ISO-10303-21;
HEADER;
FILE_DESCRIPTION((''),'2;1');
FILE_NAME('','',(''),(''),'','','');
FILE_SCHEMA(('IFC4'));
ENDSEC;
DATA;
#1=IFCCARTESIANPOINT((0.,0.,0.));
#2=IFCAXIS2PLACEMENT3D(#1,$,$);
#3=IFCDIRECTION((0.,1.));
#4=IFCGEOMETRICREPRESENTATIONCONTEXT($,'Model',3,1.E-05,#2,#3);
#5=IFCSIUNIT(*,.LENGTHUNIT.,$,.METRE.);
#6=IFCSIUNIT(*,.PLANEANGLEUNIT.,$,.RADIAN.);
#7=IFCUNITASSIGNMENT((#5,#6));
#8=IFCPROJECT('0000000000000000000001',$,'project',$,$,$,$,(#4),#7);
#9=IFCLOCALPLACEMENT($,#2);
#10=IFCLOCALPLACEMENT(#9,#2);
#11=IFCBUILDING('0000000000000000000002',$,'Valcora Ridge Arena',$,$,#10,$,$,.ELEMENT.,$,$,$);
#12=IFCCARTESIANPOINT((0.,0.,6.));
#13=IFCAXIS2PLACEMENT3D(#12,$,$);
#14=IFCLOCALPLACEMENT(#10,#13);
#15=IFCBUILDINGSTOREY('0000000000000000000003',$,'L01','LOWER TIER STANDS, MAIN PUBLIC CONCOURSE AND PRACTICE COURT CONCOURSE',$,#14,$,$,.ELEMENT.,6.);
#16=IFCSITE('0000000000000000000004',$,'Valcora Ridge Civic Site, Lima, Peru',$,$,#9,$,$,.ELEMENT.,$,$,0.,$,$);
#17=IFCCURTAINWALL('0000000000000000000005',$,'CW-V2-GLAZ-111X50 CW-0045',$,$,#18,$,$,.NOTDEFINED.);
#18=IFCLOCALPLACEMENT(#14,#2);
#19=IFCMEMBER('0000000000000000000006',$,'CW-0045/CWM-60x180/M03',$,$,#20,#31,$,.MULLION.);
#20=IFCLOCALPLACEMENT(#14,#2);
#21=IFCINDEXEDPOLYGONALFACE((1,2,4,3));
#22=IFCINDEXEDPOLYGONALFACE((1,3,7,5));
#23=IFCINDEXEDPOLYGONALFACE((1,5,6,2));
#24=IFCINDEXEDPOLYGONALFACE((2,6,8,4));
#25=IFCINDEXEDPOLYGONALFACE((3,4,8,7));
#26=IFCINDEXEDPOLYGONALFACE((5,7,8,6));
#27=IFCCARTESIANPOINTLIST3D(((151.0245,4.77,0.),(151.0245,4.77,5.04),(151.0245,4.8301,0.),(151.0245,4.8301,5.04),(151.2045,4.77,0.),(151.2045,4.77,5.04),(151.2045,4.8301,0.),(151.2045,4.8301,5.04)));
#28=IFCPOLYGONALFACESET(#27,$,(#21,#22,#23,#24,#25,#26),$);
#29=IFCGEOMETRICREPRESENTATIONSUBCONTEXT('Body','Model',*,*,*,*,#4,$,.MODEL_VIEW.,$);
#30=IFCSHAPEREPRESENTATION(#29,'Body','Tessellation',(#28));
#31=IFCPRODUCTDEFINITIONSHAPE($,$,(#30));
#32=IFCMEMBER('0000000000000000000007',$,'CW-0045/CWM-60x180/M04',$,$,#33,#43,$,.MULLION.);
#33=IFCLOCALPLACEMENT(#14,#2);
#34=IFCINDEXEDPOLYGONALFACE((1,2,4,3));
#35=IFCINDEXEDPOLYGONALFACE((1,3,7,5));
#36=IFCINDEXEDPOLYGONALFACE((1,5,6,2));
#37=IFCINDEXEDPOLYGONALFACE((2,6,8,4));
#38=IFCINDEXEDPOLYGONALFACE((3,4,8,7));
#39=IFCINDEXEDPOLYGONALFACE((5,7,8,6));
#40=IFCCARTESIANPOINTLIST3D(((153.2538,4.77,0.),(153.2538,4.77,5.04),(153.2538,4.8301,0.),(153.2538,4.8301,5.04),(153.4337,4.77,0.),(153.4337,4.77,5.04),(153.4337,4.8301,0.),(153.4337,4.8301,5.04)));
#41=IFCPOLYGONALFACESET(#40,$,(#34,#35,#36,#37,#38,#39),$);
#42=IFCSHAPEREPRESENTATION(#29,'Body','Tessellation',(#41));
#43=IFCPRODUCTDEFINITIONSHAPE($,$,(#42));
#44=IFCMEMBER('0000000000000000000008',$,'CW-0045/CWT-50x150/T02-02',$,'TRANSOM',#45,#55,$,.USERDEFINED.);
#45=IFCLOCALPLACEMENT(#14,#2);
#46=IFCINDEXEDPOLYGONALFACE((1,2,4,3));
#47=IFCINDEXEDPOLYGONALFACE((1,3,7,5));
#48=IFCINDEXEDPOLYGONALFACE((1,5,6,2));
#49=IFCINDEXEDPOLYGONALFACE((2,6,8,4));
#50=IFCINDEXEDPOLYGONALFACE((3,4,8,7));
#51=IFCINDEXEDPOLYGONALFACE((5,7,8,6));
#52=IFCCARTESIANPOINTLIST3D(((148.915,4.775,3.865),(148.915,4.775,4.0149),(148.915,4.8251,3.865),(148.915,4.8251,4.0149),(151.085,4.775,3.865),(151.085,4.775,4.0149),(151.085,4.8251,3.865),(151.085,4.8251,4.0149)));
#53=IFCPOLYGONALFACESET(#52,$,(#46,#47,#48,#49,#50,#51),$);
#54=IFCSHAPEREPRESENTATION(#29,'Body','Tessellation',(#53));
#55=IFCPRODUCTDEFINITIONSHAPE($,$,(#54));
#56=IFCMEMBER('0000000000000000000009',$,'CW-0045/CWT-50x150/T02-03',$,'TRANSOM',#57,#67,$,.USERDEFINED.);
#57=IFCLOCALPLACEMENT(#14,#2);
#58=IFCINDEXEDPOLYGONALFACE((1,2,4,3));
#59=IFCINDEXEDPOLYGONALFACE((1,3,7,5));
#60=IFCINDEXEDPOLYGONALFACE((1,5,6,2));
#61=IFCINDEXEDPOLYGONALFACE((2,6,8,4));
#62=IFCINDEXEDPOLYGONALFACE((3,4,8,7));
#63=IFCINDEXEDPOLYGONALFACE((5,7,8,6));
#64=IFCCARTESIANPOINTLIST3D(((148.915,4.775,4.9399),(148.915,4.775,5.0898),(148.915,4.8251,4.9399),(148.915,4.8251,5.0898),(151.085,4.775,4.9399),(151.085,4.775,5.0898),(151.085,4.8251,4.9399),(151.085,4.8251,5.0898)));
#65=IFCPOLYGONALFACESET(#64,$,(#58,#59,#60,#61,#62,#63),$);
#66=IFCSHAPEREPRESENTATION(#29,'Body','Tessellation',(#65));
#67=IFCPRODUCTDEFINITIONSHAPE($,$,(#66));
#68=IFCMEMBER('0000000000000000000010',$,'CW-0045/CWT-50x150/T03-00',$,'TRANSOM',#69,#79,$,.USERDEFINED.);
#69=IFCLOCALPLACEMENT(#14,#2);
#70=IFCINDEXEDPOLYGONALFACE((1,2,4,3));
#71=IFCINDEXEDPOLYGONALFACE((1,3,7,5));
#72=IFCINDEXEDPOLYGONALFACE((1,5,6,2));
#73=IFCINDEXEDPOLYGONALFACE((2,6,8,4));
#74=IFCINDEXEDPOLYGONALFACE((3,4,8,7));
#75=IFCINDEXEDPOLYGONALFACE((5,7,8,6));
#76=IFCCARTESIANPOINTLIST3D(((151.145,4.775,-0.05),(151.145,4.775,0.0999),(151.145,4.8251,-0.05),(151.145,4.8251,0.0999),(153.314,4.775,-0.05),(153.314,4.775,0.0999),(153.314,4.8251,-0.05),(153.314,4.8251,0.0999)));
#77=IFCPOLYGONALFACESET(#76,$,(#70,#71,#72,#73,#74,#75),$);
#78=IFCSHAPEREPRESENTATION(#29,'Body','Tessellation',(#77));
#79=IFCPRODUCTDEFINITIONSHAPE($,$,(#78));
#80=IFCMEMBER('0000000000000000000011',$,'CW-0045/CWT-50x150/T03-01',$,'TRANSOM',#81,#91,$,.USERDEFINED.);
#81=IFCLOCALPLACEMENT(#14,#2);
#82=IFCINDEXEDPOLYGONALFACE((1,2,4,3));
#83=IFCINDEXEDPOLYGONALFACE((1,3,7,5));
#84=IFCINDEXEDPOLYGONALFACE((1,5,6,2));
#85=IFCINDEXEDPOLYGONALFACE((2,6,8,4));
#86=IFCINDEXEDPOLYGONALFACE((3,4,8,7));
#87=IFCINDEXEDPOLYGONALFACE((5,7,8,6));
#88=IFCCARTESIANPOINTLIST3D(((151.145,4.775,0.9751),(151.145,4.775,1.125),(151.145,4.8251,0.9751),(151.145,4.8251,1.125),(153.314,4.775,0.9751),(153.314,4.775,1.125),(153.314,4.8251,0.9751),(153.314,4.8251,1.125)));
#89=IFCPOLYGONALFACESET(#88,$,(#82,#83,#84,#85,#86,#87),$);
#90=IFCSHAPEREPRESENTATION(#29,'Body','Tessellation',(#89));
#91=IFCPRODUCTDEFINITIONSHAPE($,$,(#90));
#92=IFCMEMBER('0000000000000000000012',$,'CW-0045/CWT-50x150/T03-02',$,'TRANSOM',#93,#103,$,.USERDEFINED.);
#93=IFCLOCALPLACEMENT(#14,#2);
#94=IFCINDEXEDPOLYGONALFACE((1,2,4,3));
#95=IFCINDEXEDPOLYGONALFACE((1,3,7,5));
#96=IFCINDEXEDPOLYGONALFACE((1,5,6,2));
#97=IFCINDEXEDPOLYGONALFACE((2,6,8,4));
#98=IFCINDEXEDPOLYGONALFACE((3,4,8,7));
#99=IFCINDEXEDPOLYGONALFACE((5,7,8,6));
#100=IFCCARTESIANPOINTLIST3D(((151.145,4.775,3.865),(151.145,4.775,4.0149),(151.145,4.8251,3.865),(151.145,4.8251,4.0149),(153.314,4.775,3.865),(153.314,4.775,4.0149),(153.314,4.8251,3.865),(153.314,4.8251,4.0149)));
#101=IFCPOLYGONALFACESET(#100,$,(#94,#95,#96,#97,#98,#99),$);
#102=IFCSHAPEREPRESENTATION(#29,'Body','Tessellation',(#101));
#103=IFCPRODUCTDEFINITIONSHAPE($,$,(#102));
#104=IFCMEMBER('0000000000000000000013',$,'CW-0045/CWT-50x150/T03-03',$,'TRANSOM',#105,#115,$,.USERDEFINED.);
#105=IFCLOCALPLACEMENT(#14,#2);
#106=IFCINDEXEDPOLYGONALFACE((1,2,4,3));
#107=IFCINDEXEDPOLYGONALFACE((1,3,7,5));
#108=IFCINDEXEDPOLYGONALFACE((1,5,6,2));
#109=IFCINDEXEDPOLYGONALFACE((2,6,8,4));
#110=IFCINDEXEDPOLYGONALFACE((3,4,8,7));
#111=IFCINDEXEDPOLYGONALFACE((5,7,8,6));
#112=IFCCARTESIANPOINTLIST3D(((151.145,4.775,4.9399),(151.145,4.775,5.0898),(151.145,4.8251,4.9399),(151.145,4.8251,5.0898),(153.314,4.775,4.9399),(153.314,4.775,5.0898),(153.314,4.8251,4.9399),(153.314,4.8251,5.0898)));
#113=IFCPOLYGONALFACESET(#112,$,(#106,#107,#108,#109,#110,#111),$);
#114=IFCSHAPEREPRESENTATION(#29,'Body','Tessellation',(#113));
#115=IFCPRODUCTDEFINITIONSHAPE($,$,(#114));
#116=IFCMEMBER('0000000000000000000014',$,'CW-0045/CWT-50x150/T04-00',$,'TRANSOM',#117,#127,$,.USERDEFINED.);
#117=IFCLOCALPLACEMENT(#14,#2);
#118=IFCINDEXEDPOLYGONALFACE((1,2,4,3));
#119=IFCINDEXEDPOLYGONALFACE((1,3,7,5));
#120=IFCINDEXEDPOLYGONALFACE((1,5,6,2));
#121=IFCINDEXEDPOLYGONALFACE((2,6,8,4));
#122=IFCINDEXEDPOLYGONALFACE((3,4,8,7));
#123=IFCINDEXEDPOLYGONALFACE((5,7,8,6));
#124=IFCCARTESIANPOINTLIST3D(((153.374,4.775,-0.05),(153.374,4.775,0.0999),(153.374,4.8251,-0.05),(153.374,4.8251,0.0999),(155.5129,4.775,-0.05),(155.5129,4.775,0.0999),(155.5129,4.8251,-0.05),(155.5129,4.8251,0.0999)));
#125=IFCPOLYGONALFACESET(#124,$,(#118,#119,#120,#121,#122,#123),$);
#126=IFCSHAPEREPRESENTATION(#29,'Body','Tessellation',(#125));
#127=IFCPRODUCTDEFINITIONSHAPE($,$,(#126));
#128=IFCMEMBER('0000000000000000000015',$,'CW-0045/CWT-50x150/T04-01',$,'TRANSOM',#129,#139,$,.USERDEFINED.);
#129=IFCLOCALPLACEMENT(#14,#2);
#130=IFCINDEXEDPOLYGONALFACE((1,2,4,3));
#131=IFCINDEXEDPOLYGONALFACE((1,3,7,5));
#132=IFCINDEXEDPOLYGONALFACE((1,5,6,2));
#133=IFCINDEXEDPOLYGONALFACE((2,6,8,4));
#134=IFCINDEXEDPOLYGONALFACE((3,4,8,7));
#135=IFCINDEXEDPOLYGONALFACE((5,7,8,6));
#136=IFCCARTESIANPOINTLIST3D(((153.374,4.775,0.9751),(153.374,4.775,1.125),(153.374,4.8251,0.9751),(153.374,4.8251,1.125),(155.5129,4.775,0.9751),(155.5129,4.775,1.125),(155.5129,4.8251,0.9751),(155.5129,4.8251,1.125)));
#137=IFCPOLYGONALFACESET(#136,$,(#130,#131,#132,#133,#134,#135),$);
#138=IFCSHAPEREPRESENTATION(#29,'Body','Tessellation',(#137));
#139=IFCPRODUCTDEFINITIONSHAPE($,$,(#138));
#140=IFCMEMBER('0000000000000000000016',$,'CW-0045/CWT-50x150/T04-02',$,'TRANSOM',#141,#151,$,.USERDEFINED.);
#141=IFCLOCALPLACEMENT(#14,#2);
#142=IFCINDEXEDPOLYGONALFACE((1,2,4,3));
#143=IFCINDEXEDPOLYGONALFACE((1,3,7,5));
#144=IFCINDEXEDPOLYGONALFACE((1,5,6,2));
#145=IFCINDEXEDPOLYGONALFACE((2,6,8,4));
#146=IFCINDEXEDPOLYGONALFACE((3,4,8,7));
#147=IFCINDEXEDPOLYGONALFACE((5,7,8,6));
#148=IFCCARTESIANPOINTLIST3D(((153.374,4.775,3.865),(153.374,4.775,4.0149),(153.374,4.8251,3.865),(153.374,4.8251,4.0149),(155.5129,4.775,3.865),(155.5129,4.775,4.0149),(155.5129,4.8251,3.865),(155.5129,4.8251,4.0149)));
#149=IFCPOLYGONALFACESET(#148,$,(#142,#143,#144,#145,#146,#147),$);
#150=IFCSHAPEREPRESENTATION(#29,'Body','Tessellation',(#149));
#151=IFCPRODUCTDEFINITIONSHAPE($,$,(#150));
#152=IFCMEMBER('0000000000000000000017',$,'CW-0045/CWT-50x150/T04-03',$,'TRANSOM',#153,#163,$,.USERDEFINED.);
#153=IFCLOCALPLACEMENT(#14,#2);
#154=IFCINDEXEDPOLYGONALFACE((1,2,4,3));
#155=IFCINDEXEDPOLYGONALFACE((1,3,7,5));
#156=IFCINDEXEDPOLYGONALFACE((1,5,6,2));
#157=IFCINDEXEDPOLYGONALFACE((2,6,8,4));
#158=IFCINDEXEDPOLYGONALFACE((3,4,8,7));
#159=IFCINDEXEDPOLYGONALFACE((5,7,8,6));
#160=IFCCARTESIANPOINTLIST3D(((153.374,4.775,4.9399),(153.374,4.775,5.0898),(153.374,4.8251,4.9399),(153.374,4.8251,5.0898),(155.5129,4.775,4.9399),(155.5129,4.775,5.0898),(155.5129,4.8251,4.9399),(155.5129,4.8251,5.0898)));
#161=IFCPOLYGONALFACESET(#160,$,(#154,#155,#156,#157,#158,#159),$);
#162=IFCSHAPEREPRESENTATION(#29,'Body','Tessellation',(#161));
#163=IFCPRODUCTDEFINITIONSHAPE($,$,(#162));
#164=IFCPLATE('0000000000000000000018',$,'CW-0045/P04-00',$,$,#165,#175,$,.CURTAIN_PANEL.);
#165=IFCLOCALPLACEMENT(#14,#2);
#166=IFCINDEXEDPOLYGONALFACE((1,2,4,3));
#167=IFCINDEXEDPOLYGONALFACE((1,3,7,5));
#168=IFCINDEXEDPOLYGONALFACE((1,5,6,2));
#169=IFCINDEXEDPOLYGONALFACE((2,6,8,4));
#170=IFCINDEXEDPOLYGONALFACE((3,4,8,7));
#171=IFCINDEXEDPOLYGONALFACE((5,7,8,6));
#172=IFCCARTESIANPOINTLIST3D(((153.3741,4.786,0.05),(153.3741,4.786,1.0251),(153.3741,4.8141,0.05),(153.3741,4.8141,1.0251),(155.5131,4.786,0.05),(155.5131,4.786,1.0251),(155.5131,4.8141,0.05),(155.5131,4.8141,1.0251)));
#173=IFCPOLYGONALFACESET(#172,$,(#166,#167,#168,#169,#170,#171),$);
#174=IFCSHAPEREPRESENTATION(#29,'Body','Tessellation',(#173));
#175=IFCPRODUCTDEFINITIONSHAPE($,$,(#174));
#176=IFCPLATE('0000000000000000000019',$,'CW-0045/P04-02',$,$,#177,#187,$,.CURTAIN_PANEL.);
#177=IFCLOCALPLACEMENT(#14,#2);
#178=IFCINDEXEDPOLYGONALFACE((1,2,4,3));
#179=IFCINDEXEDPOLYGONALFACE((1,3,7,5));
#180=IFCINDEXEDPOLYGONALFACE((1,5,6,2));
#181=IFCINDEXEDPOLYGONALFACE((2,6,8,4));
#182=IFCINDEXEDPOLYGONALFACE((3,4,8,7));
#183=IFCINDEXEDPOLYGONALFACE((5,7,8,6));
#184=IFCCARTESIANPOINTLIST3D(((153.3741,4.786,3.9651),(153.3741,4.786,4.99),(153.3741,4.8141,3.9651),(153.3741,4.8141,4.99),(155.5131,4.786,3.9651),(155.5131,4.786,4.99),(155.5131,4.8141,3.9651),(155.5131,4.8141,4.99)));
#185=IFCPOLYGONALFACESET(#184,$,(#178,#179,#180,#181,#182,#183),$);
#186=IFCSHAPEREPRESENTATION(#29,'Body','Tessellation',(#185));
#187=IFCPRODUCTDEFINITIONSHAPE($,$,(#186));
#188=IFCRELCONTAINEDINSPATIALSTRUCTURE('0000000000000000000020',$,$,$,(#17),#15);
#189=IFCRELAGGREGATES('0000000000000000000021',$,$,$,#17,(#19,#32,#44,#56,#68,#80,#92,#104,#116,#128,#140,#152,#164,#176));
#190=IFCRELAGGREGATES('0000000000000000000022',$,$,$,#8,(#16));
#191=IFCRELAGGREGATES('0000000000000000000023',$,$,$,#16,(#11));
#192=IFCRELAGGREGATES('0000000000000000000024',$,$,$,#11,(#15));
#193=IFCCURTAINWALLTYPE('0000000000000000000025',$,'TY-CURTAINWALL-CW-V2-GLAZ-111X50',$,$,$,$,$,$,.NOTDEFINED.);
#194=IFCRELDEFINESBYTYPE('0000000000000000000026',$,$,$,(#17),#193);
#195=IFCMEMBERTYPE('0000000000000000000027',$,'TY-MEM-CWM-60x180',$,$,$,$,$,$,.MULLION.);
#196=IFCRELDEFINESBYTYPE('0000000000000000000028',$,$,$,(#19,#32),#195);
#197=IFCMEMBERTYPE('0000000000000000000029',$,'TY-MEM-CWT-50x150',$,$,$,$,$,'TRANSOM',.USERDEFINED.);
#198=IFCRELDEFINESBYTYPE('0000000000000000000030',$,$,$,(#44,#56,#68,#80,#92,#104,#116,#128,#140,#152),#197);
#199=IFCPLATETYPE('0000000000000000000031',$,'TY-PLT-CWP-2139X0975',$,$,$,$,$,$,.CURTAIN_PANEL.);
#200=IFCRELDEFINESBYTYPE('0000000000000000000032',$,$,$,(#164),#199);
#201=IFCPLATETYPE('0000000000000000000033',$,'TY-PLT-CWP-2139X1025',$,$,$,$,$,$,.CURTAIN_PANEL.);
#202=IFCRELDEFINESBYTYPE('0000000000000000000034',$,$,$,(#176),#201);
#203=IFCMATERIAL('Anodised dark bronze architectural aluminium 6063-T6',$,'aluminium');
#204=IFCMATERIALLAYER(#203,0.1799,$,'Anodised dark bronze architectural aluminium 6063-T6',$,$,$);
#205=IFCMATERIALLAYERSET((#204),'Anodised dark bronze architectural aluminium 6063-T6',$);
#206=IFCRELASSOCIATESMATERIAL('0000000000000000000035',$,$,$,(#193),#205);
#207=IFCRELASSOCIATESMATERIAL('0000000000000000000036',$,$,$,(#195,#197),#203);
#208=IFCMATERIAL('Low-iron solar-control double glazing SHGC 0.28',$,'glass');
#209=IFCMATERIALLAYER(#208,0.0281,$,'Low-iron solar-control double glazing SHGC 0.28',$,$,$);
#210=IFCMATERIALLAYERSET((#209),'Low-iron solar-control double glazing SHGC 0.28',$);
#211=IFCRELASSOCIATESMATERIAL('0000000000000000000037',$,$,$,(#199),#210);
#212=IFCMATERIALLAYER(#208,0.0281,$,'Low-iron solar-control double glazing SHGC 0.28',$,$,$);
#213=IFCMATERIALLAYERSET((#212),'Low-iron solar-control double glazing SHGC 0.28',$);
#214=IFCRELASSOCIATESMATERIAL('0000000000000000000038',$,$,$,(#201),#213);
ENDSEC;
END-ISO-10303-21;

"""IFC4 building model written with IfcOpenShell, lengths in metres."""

from ifc_helpers import new_model, si_unit, direction, frame, origin, origin_2d, place, context, subcontext, project, spatial, rectangle, extrude, material, layer, layer_set, material_profile, profile_set, type_object, element, aggregate, save


model = new_model("IFC4")

# Units and contexts
model_context = context("Model", 3, precision=1e-05, world=origin(), true_north=direction((0.0, 1.0)))
body_context = subcontext(model_context, "Body", "Model", "MODEL_VIEW")
ifc_project = project(units=[si_unit("LENGTHUNIT", "METRE"), si_unit("PLANEANGLEUNIT", "RADIAN")], contexts=[model_context])

# Site, building, storey
site_placement = place(None, origin())
site = spatial("IfcSite", under=ifc_project, at=site_placement, Name="Valcora Ridge Civic Site, Lima, Peru", CompositionType="ELEMENT", RefElevation=0.0)
building_placement = place(site_placement, origin())
building = spatial("IfcBuilding", under=site, at=building_placement, Name="Valcora Ridge Arena", CompositionType="ELEMENT")
storey_placement = place(building_placement, frame((0.0, 0.0, 6.0)))
storey = spatial("IfcBuildingStorey", under=building, at=storey_placement, Name="L01", Description="LOWER TIER STANDS, MAIN PUBLIC CONCOURSE AND PRACTICE COURT CONCOURSE", CompositionType="ELEMENT", Elevation=6.0)

# Curtain wall, members, plates
ifc_material_1 = material(Name="Anodised dark bronze architectural aluminium 6063-T6", Category="aluminium")
ifc_layer_1 = layer(ifc_material_1, 0.1799, Name="Anodised dark bronze architectural aluminium 6063-T6")
ifc_layer_set_1 = layer_set([ifc_layer_1], Name="Anodised dark bronze architectural aluminium 6063-T6")
curtain_wall_type = type_object("IfcCurtainWallType", Name="TY-CURTAINWALL-CW-V2-GLAZ-111X50", PredefinedType="NOTDEFINED", material=ifc_layer_set_1)
curtain_wall_placement = place(storey_placement, origin())
curtain_wall = element("IfcCurtainWall", 1, at=curtain_wall_placement, inside=storey, type_object=curtain_wall_type, Name="CW-V2-GLAZ-111X50 CW-0045", PredefinedType="NOTDEFINED")
ifc_material_profile_1 = material_profile(ifc_material_1, rectangle(XDim=0.0601, YDim=0.1799, at=origin_2d()), Name="ALU MULLION 60x180")
ifc_profile_set_1 = profile_set([ifc_material_profile_1], Name="Anodised dark bronze architectural aluminium 6063-T6")
member_type_1 = type_object("IfcMemberType", Name="TY-MEM-CWM-60x180", PredefinedType="MULLION", material=ifc_profile_set_1)
member_1_placement = place(storey_placement, frame((151.1145, 4.8, 0.0), z_axis=(0.0, 0.0, 1.0), x_axis=(0.0, 1.0, 0.0)))
member_1 = element("IfcMember", 2, at=member_1_placement, type_object=member_type_1, Name="CW-0045/CWM-60x180/M03", PredefinedType="MULLION", context=body_context, shape_type="SweptSolid", body=[
    extrude(rectangle(XDim=0.0601, YDim=0.1799, at=origin_2d()), origin(), (0.0, 0.0, 1.0), 5.04),
])
member_2_placement = place(storey_placement, frame((153.3438, 4.8, 0.0), z_axis=(0.0, 0.0, 1.0), x_axis=(0.0, 1.0, 0.0)))
member_2 = element("IfcMember", 3, at=member_2_placement, type_object=member_type_1, Name="CW-0045/CWM-60x180/M04", PredefinedType="MULLION", context=body_context, shape_type="SweptSolid", body=[
    extrude(rectangle(XDim=0.0601, YDim=0.1799, at=origin_2d()), origin(), (0.0, 0.0, 1.0), 5.04),
])
ifc_material_profile_2 = material_profile(ifc_material_1, rectangle(XDim=0.05, YDim=0.1499, at=origin_2d()), Name="ALU TRANSOM 50x150")
ifc_profile_set_2 = profile_set([ifc_material_profile_2], Name="Anodised dark bronze architectural aluminium 6063-T6")
member_type_2 = type_object("IfcMemberType", Name="TY-MEM-CWT-50x150", ElementType="TRANSOM", PredefinedType="USERDEFINED", material=ifc_profile_set_2)
member_3_placement = place(storey_placement, frame((148.915, 4.8, 3.9399), z_axis=(1.0, 0.0, 0.0), x_axis=(0.0, 1.0, 0.0)))
member_3 = element("IfcMember", 4, at=member_3_placement, type_object=member_type_2, Name="CW-0045/CWT-50x150/T02-02", ObjectType="TRANSOM", PredefinedType="USERDEFINED", context=body_context, shape_type="SweptSolid", body=[
    extrude(rectangle(XDim=0.05, YDim=0.1499, at=origin_2d()), origin(), (0.0, 0.0, 1.0), 2.1699),
])
member_4_placement = place(storey_placement, frame((148.915, 4.8, 5.0149), z_axis=(1.0, 0.0, 0.0), x_axis=(0.0, 1.0, 0.0)))
member_4 = element("IfcMember", 5, at=member_4_placement, type_object=member_type_2, Name="CW-0045/CWT-50x150/T02-03", ObjectType="TRANSOM", PredefinedType="USERDEFINED", context=body_context, shape_type="SweptSolid", body=[
    extrude(rectangle(XDim=0.05, YDim=0.1499, at=origin_2d()), origin(), (0.0, 0.0, 1.0), 2.1699),
])
member_5_placement = place(storey_placement, frame((151.145, 4.8, 0.0249), z_axis=(1.0, 0.0, 0.0), x_axis=(0.0, 1.0, 0.0)))
member_5 = element("IfcMember", 6, at=member_5_placement, type_object=member_type_2, Name="CW-0045/CWT-50x150/T03-00", ObjectType="TRANSOM", PredefinedType="USERDEFINED", context=body_context, shape_type="SweptSolid", body=[
    extrude(rectangle(XDim=0.05, YDim=0.1499, at=origin_2d()), origin(), (0.0, 0.0, 1.0), 2.1689),
])
member_6_placement = place(storey_placement, frame((151.145, 4.8, 1.05), z_axis=(1.0, 0.0, 0.0), x_axis=(0.0, 1.0, 0.0)))
member_6 = element("IfcMember", 7, at=member_6_placement, type_object=member_type_2, Name="CW-0045/CWT-50x150/T03-01", ObjectType="TRANSOM", PredefinedType="USERDEFINED", context=body_context, shape_type="SweptSolid", body=[
    extrude(rectangle(XDim=0.05, YDim=0.1499, at=origin_2d()), origin(), (0.0, 0.0, 1.0), 2.1689),
])
member_7_placement = place(storey_placement, frame((151.145, 4.8, 3.9399), z_axis=(1.0, 0.0, 0.0), x_axis=(0.0, 1.0, 0.0)))
member_7 = element("IfcMember", 8, at=member_7_placement, type_object=member_type_2, Name="CW-0045/CWT-50x150/T03-02", ObjectType="TRANSOM", PredefinedType="USERDEFINED", context=body_context, shape_type="SweptSolid", body=[
    extrude(rectangle(XDim=0.05, YDim=0.1499, at=origin_2d()), origin(), (0.0, 0.0, 1.0), 2.1689),
])
member_8_placement = place(storey_placement, frame((151.145, 4.8, 5.0149), z_axis=(1.0, 0.0, 0.0), x_axis=(0.0, 1.0, 0.0)))
member_8 = element("IfcMember", 9, at=member_8_placement, type_object=member_type_2, Name="CW-0045/CWT-50x150/T03-03", ObjectType="TRANSOM", PredefinedType="USERDEFINED", context=body_context, shape_type="SweptSolid", body=[
    extrude(rectangle(XDim=0.05, YDim=0.1499, at=origin_2d()), origin(), (0.0, 0.0, 1.0), 2.1689),
])
member_9_placement = place(storey_placement, frame((153.374, 4.8, 0.0249), z_axis=(1.0, 0.0, 0.0), x_axis=(0.0, 1.0, 0.0)))
member_9 = element("IfcMember", 10, at=member_9_placement, type_object=member_type_2, Name="CW-0045/CWT-50x150/T04-00", ObjectType="TRANSOM", PredefinedType="USERDEFINED", context=body_context, shape_type="SweptSolid", body=[
    extrude(rectangle(XDim=0.05, YDim=0.1499, at=origin_2d()), origin(), (0.0, 0.0, 1.0), 2.1389),
])
member_10_placement = place(storey_placement, frame((153.374, 4.8, 1.05), z_axis=(1.0, 0.0, 0.0), x_axis=(0.0, 1.0, 0.0)))
member_10 = element("IfcMember", 11, at=member_10_placement, type_object=member_type_2, Name="CW-0045/CWT-50x150/T04-01", ObjectType="TRANSOM", PredefinedType="USERDEFINED", context=body_context, shape_type="SweptSolid", body=[
    extrude(rectangle(XDim=0.05, YDim=0.1499, at=origin_2d()), origin(), (0.0, 0.0, 1.0), 2.1389),
])
member_11_placement = place(storey_placement, frame((153.374, 4.8, 3.9399), z_axis=(1.0, 0.0, 0.0), x_axis=(0.0, 1.0, 0.0)))
member_11 = element("IfcMember", 12, at=member_11_placement, type_object=member_type_2, Name="CW-0045/CWT-50x150/T04-02", ObjectType="TRANSOM", PredefinedType="USERDEFINED", context=body_context, shape_type="SweptSolid", body=[
    extrude(rectangle(XDim=0.05, YDim=0.1499, at=origin_2d()), origin(), (0.0, 0.0, 1.0), 2.1389),
])
member_12_placement = place(storey_placement, frame((153.374, 4.8, 5.0149), z_axis=(1.0, 0.0, 0.0), x_axis=(0.0, 1.0, 0.0)))
member_12 = element("IfcMember", 13, at=member_12_placement, type_object=member_type_2, Name="CW-0045/CWT-50x150/T04-03", ObjectType="TRANSOM", PredefinedType="USERDEFINED", context=body_context, shape_type="SweptSolid", body=[
    extrude(rectangle(XDim=0.05, YDim=0.1499, at=origin_2d()), origin(), (0.0, 0.0, 1.0), 2.1389),
])
ifc_material_2 = material(Name="Low-iron solar-control double glazing SHGC 0.28", Category="glass")
ifc_layer_2 = layer(ifc_material_2, 0.0281, Name="Low-iron solar-control double glazing SHGC 0.28")
ifc_layer_set_2 = layer_set([ifc_layer_2], Name="Low-iron solar-control double glazing SHGC 0.28")
plate_type_1 = type_object("IfcPlateType", Name="TY-PLT-CWP-2139X0975", PredefinedType="CURTAIN_PANEL", material=ifc_layer_set_2)
plate_1_placement = place(storey_placement, frame((154.4436, 4.8, 0.05), z_axis=(0.0, 0.0, 1.0), x_axis=(1.0, 0.0, 0.0)))
plate_1 = element("IfcPlate", 14, at=plate_1_placement, type_object=plate_type_1, Name="CW-0045/P04-00", PredefinedType="CURTAIN_PANEL", context=body_context, shape_type="SweptSolid", body=[
    extrude(rectangle(XDim=2.1389, YDim=0.0281, at=origin_2d()), origin(), (0.0, 0.0, 1.0), 0.9751),
])
ifc_layer_3 = layer(ifc_material_2, 0.0281, Name="Low-iron solar-control double glazing SHGC 0.28")
ifc_layer_set_3 = layer_set([ifc_layer_3], Name="Low-iron solar-control double glazing SHGC 0.28")
plate_type_2 = type_object("IfcPlateType", Name="TY-PLT-CWP-2139X1025", PredefinedType="CURTAIN_PANEL", material=ifc_layer_set_3)
plate_2_placement = place(storey_placement, frame((154.4436, 4.8, 3.9651), z_axis=(0.0, 0.0, 1.0), x_axis=(1.0, 0.0, 0.0)))
plate_2 = element("IfcPlate", 15, at=plate_2_placement, type_object=plate_type_2, Name="CW-0045/P04-02", PredefinedType="CURTAIN_PANEL", context=body_context, shape_type="SweptSolid", body=[
    extrude(rectangle(XDim=2.1389, YDim=0.0281, at=origin_2d()), origin(), (0.0, 0.0, 1.0), 1.0249),
])
aggregate(curtain_wall, [member_1, member_2, member_3, member_4, member_5, member_6, member_7, member_8, member_9, member_10, member_11, member_12, plate_1, plate_2])

save(model, "model.ifc")
